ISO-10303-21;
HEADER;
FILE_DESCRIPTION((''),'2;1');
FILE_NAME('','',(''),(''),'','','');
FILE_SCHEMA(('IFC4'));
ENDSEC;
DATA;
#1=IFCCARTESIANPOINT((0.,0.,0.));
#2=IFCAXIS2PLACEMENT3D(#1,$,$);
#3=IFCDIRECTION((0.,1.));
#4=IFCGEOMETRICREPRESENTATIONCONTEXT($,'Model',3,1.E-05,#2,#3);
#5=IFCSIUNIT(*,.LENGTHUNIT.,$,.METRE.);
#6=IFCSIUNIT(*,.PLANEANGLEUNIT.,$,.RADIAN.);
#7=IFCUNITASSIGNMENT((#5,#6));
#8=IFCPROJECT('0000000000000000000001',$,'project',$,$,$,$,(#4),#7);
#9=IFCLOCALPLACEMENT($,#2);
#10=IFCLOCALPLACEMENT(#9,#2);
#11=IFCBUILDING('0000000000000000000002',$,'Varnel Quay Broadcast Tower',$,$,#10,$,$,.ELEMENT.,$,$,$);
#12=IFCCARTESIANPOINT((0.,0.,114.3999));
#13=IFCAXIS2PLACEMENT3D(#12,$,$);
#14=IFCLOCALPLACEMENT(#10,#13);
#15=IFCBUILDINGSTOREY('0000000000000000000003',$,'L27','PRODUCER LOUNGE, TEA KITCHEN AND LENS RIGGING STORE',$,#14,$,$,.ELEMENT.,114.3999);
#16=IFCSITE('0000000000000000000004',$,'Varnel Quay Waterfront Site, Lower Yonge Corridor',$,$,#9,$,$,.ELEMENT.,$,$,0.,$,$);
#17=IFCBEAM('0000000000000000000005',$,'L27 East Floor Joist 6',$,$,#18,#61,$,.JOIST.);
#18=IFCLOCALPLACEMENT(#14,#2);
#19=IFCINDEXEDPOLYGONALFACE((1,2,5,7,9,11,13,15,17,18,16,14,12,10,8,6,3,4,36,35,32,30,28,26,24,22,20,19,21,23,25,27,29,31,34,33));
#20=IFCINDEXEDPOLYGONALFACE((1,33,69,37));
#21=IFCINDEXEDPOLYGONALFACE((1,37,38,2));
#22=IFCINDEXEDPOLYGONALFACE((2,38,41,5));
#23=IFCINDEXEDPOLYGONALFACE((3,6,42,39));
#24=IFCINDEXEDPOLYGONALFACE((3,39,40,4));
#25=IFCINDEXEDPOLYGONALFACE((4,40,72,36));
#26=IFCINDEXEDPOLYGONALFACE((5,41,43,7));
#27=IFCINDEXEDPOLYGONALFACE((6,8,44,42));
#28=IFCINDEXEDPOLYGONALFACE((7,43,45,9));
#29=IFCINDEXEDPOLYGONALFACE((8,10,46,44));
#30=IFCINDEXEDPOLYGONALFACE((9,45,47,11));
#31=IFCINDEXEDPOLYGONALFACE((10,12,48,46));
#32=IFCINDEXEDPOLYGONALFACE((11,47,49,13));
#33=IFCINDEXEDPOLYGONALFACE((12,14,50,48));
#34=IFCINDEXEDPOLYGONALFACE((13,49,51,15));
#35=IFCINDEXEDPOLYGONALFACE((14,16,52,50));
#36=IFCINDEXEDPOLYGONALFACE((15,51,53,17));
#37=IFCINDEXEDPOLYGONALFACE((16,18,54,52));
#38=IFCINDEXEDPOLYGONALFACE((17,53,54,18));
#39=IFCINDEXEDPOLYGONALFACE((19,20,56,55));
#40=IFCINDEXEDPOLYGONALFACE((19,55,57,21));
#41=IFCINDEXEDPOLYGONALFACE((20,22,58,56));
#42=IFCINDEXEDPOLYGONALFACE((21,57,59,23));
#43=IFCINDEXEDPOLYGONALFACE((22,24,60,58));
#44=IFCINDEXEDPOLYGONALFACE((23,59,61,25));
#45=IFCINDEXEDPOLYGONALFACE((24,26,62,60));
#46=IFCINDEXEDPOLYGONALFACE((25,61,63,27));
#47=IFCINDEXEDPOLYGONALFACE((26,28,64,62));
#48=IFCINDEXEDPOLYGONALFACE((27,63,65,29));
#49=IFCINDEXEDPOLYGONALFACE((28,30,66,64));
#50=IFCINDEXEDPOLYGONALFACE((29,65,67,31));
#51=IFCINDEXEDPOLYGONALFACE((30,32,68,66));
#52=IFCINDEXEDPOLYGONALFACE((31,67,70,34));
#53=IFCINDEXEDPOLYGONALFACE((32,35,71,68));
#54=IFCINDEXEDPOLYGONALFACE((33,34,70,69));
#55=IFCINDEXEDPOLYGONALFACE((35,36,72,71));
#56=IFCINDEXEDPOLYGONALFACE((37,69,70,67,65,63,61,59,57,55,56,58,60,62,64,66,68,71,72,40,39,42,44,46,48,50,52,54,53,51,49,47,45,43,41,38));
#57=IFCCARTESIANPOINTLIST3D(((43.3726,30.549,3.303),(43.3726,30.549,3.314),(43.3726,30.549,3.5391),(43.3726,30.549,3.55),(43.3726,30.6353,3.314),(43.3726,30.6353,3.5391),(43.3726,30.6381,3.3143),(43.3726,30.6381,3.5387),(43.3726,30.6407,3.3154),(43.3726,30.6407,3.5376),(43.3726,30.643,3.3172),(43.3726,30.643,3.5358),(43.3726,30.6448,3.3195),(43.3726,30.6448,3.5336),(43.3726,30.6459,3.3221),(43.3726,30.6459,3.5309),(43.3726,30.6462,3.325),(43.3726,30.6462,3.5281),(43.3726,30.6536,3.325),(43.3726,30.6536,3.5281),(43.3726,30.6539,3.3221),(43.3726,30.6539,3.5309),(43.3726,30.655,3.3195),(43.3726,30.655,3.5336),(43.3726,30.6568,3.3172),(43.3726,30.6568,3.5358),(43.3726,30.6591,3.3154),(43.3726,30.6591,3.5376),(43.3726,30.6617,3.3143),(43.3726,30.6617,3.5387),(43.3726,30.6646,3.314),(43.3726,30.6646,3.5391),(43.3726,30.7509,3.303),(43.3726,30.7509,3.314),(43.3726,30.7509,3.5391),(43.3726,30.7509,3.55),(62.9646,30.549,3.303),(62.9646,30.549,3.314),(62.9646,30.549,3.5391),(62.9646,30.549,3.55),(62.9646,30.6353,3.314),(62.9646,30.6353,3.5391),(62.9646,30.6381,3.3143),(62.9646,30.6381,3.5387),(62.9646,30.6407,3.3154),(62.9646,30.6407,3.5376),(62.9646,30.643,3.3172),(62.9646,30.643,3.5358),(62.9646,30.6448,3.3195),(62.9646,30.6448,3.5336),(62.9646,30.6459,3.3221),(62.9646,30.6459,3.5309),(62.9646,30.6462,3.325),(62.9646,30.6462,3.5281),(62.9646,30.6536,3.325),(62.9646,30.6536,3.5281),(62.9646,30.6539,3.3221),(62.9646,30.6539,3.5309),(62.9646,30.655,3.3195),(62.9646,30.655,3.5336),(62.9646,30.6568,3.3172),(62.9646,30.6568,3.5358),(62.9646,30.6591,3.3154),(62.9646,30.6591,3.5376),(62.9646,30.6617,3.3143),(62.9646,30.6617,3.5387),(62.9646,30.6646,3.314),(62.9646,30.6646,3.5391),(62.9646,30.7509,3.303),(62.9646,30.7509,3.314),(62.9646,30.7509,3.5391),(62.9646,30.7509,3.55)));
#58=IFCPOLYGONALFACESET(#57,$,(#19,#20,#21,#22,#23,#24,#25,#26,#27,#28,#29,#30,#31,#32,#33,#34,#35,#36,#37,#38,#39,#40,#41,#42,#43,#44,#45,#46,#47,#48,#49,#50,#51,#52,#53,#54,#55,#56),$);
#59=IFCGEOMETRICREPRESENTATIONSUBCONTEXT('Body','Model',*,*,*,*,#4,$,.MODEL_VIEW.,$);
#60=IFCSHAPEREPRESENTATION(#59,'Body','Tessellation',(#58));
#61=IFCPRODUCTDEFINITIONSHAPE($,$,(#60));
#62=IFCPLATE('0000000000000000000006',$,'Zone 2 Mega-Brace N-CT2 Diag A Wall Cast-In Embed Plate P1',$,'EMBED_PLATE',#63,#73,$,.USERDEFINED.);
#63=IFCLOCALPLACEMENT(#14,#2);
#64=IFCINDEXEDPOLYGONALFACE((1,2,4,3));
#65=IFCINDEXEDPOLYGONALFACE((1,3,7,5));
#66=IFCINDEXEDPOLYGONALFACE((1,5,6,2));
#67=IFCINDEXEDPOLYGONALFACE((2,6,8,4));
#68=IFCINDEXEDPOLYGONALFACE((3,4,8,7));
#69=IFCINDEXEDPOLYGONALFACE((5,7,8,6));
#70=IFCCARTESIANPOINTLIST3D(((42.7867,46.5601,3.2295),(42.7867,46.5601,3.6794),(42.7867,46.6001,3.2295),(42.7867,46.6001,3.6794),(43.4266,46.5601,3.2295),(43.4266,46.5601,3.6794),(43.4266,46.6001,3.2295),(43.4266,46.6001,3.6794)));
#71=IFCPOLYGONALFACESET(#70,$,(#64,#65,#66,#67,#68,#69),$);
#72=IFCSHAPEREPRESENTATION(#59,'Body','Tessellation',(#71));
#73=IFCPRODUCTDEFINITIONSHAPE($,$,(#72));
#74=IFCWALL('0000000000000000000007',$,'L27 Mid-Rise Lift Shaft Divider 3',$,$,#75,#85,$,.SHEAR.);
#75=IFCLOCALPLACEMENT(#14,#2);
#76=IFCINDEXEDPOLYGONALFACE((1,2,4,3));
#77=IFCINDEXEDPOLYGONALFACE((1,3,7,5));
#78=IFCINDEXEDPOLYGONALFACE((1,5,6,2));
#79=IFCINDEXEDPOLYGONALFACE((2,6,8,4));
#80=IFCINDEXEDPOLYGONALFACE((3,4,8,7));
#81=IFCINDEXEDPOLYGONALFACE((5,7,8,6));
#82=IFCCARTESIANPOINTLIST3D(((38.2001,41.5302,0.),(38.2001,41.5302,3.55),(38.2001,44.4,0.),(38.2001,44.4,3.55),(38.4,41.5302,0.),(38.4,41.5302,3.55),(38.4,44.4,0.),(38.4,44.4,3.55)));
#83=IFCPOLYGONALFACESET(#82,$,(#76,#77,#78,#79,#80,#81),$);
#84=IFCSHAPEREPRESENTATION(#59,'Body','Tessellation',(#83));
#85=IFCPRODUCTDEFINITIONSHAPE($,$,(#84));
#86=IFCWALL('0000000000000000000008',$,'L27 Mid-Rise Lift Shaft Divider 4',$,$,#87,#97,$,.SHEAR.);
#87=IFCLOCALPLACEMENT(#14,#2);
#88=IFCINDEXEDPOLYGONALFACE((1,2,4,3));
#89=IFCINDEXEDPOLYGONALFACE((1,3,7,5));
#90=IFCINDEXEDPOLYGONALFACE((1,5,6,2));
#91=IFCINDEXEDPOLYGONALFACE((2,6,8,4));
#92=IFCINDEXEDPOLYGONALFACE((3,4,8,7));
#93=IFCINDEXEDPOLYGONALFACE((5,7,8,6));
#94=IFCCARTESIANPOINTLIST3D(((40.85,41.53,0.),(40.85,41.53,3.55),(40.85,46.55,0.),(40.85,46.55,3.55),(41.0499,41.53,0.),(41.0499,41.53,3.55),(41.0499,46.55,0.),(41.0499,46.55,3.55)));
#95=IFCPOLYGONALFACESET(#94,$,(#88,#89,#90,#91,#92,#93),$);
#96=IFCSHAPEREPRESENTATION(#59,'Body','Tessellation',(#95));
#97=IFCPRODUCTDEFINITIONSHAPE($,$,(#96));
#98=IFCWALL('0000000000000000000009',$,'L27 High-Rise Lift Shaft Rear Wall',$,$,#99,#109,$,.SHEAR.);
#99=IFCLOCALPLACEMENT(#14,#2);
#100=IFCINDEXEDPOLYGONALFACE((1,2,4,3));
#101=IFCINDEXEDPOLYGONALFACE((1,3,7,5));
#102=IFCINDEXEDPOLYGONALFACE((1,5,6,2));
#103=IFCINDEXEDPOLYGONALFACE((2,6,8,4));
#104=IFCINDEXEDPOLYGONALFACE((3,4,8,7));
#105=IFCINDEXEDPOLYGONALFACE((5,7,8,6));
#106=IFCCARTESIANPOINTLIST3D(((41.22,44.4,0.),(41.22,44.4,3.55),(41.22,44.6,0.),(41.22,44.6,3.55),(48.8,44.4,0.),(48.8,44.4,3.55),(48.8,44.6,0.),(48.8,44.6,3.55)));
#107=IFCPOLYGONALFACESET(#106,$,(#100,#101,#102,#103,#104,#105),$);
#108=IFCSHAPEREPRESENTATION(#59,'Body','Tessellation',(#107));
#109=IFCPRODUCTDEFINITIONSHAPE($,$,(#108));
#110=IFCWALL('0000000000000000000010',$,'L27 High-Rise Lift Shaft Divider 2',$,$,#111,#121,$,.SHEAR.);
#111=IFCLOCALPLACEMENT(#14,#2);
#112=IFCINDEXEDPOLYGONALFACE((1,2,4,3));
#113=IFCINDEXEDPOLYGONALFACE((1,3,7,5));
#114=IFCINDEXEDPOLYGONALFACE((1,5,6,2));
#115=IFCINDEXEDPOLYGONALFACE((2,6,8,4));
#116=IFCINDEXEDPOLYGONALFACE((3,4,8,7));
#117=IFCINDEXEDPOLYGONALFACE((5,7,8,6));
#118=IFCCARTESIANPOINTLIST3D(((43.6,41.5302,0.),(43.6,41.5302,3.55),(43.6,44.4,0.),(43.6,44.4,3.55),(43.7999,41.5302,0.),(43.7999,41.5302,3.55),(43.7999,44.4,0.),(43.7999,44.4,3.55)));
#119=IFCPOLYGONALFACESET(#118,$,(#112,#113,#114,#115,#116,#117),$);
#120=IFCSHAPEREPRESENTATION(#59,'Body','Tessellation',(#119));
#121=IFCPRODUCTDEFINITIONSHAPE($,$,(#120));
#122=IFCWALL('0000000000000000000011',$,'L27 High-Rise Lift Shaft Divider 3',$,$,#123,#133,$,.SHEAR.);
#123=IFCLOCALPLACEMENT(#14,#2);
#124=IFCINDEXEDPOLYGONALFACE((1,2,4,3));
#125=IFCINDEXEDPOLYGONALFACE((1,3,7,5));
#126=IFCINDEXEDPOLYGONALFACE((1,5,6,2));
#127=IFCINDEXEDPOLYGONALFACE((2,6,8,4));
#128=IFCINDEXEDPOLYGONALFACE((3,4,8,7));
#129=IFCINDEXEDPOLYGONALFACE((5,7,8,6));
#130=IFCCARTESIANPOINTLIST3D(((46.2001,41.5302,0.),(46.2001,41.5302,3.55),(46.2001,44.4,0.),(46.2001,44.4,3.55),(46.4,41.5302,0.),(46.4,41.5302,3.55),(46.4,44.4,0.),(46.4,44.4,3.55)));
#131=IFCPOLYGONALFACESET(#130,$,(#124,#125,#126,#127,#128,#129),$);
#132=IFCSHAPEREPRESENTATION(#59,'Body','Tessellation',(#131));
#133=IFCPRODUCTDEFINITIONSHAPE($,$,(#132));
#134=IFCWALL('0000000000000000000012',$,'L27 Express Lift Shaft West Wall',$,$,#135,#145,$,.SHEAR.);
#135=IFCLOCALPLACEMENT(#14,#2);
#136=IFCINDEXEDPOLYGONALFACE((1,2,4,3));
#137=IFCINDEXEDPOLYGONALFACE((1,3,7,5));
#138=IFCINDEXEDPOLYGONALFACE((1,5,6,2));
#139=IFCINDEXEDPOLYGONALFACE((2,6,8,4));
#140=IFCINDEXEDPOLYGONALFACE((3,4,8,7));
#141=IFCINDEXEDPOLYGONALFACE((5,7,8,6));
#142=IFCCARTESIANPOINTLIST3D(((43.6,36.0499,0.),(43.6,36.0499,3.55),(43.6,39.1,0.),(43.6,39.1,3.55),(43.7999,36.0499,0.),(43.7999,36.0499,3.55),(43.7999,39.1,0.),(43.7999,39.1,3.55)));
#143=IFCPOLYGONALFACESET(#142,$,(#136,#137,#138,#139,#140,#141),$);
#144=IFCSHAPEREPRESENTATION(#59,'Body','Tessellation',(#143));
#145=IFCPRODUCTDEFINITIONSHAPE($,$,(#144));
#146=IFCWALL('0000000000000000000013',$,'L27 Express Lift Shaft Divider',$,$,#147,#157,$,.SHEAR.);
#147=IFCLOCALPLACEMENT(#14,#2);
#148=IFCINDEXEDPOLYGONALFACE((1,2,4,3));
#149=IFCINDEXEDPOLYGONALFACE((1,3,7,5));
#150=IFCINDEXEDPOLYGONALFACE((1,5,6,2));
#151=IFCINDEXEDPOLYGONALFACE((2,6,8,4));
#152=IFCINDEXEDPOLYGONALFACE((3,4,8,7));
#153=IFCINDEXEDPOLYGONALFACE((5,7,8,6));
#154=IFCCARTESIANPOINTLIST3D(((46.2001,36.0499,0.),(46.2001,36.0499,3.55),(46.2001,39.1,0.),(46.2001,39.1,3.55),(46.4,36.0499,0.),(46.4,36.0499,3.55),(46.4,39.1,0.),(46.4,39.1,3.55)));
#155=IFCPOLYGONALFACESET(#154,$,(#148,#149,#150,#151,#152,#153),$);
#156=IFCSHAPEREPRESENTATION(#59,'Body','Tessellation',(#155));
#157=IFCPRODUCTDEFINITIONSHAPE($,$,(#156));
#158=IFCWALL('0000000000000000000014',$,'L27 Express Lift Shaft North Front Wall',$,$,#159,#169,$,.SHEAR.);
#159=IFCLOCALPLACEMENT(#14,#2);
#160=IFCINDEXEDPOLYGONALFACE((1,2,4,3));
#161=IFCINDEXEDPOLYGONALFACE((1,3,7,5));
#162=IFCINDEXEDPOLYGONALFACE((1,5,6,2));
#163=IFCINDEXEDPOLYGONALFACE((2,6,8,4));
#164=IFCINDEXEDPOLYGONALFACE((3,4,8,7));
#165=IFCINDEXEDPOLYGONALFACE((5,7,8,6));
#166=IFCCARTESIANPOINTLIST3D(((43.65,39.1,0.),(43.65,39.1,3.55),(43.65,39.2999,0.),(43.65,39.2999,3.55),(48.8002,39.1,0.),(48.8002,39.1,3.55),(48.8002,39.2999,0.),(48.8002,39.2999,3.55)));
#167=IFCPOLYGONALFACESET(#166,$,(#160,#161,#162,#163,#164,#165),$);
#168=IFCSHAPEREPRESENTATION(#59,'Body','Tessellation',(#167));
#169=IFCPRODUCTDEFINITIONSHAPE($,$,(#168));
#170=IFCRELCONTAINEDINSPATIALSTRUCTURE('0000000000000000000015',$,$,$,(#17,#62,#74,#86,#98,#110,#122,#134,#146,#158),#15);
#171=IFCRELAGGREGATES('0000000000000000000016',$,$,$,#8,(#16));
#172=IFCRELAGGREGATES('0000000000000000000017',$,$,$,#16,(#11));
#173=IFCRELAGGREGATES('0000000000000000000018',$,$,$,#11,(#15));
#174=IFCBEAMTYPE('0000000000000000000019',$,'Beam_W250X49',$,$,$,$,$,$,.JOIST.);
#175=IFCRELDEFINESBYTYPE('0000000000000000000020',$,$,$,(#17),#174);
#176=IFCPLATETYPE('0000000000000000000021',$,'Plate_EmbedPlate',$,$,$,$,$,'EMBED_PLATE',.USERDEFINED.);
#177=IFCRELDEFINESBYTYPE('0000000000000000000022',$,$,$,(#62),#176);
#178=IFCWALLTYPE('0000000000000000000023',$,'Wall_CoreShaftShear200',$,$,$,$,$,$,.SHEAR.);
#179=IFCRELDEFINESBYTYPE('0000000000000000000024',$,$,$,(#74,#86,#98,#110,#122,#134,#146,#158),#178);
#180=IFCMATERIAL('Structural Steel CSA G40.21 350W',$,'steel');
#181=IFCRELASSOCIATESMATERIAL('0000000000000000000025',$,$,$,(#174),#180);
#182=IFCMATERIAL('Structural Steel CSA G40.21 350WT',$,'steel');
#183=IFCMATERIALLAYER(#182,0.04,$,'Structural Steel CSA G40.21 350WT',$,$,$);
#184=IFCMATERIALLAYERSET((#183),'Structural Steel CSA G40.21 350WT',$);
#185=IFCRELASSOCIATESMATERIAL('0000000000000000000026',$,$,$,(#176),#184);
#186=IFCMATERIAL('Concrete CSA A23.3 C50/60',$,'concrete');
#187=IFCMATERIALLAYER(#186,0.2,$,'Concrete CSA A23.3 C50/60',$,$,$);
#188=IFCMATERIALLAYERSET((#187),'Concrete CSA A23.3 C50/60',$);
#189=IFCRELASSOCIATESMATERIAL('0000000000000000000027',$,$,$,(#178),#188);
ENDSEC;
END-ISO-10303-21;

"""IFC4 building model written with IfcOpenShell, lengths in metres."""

from ifc_helpers import new_model, si_unit, direction, frame, frame_2d, origin, origin_2d, place, context, subcontext, project, spatial, rectangle, i_section, extrude, source, transform, mapped, material, layer, layer_set, material_profile, profile_set, type_object, type_shapes, element, save


model = new_model("IFC4")

# Units and contexts
model_context = context("Model", 3, precision=1e-05, world=origin(), true_north=direction((0.0, 1.0)))
body_context = subcontext(model_context, "Body", "Model", "MODEL_VIEW")
ifc_project = project(units=[si_unit("LENGTHUNIT", "METRE"), si_unit("PLANEANGLEUNIT", "RADIAN")], contexts=[model_context])

# Site, building, storey
site_placement = place(None, origin())
site = spatial("IfcSite", under=ifc_project, at=site_placement, Name="Varnel Quay Waterfront Site, Lower Yonge Corridor", CompositionType="ELEMENT", RefElevation=0.0)
building_placement = place(site_placement, origin())
building = spatial("IfcBuilding", under=site, at=building_placement, Name="Varnel Quay Broadcast Tower", CompositionType="ELEMENT")
storey_placement = place(building_placement, frame((0.0, 0.0, 114.3999)))
storey = spatial("IfcBuildingStorey", under=building, at=storey_placement, Name="L27", Description="PRODUCER LOUNGE, TEA KITCHEN AND LENS RIGGING STORE", CompositionType="ELEMENT", Elevation=114.3999)

# Shared definitions
ifc_material_1 = material(Name="Structural Steel CSA G40.21 350WT", Category="steel")

# Beam
ifc_material_2 = material(Name="Structural Steel CSA G40.21 350W", Category="steel")
ifc_material_profile_1 = material_profile(ifc_material_2, i_section(OverallWidth=0.2019, OverallDepth=0.2471, WebThickness=0.0073, FlangeThickness=0.011, FilletRadius=0.011, at=origin_2d()), Name="W250X49")
ifc_profile_set_1 = profile_set([ifc_material_profile_1], Name="Structural Steel CSA G40.21 350W")
beam_type_1 = type_object("IfcBeamType", Name="Beam_W250X49", PredefinedType="JOIST", material=ifc_profile_set_1)
shared_shape_1 = source(origin(), body_context, "Body", "SweptSolid", [
    extrude(i_section(OverallWidth=0.2019, OverallDepth=0.2471, WebThickness=0.0073, FlangeThickness=0.011, FilletRadius=0.011, at=origin_2d()), origin(), (0.0, 0.0, 1.0), 19.592),
])
type_shapes(beam_type_1, [shared_shape_1])
beam_1_placement = place(storey_placement, frame((43.3726, 30.6499, 3.4265), z_axis=(1.0, 0.0, 0.0), x_axis=(0.0, 1.0, 0.0)))
element("IfcBeam", 1, at=beam_1_placement, inside=storey, type_object=beam_type_1, Name="L27 East Floor Joist 6", PredefinedType="JOIST", context=body_context, shape_type="MappedRepresentation", body=[
    mapped(shared_shape_1, transform((0.0, 0.0, 0.0), x_axis=(1.0, 0.0, 0.0), y_axis=(0.0, 1.0, 0.0), z_axis=(0.0, 0.0, 1.0), scale=1.0)),
])

# Plate
ifc_layer_1 = layer(ifc_material_1, 0.04, Name="Structural Steel CSA G40.21 350WT")
ifc_layer_set_1 = layer_set([ifc_layer_1], Name="Structural Steel CSA G40.21 350WT")
plate_type = type_object("IfcPlateType", Name="Plate_EmbedPlate", ElementType="EMBED_PLATE", PredefinedType="USERDEFINED", material=ifc_layer_set_1)
shared_shape_2 = source(origin(), body_context, "Body", "SweptSolid", [
    extrude(rectangle(XDim=0.6399, YDim=0.04, at=origin_2d()), origin(), (0.0, 0.0, 1.0), 0.45),
])
type_shapes(plate_type, [shared_shape_2])
plate_placement = place(storey_placement, frame((43.1067, 46.5801, 3.2295), z_axis=(0.0, 0.0, 1.0), x_axis=(1.0, 0.0, 0.0)))
element("IfcPlate", 2, at=plate_placement, inside=storey, type_object=plate_type, Name="Zone 2 Mega-Brace N-CT2 Diag A Wall Cast-In Embed Plate P1", ObjectType="EMBED_PLATE", PredefinedType="USERDEFINED", context=body_context, shape_type="MappedRepresentation", body=[
    mapped(shared_shape_2, transform((0.0, 0.0, 0.0), x_axis=(1.0, 0.0, 0.0), y_axis=(0.0, 1.0, 0.0), z_axis=(0.0, 0.0, 1.0), scale=1.0)),
])

# Walls
ifc_material_3 = material(Name="Concrete CSA A23.3 C50/60", Category="concrete")
ifc_layer_2 = layer(ifc_material_3, 0.2, Name="Concrete CSA A23.3 C50/60")
ifc_layer_set_2 = layer_set([ifc_layer_2], Name="Concrete CSA A23.3 C50/60")
wall_type_1 = type_object("IfcWallType", Name="Wall_CoreShaftShear200", PredefinedType="SHEAR", material=ifc_layer_set_2)
wall_1_placement = place(storey_placement, frame((38.3, 41.53, 0.0), z_axis=(0.0, 0.0, 1.0), x_axis=(0.0, 1.0, 0.0)))
element("IfcWall", 3, at=wall_1_placement, inside=storey, type_object=wall_type_1, Name="L27 Mid-Rise Lift Shaft Divider 3", PredefinedType="SHEAR", context=body_context, shape_type="SweptSolid", body=[
    extrude(rectangle(XDim=2.8699, YDim=0.2, at=frame_2d((1.4351, 0.0))), origin(), (0.0, 0.0, 1.0), 3.55),
])
wall_2_placement = place(storey_placement, frame((40.95, 41.53, 0.0), z_axis=(0.0, 0.0, 1.0), x_axis=(0.0, 1.0, 0.0)))
element("IfcWall", 4, at=wall_2_placement, inside=storey, type_object=wall_type_1, Name="L27 Mid-Rise Lift Shaft Divider 4", PredefinedType="SHEAR", context=body_context, shape_type="SweptSolid", body=[
    extrude(rectangle(XDim=5.02, YDim=0.2, at=frame_2d((2.51, 0.0))), origin(), (0.0, 0.0, 1.0), 3.55),
])
wall_3_placement = place(storey_placement, frame((41.22, 44.5, 0.0), z_axis=(0.0, 0.0, 1.0), x_axis=(1.0, 0.0, 0.0)))
element("IfcWall", 5, at=wall_3_placement, inside=storey, type_object=wall_type_1, Name="L27 High-Rise Lift Shaft Rear Wall", PredefinedType="SHEAR", context=body_context, shape_type="SweptSolid", body=[
    extrude(rectangle(XDim=7.5801, YDim=0.2, at=frame_2d((3.79, 0.0))), origin(), (0.0, 0.0, 1.0), 3.55),
])
for number, where, z_axis, x_axis, name in (
    (6, (43.7, 41.53, 0.0), (0.0, 0.0, 1.0), (0.0, 1.0, 0.0), "L27 High-Rise Lift Shaft Divider 2"),
    (7, (46.3, 41.53, 0.0), (0.0, 0.0, 1.0), (0.0, 1.0, 0.0), "L27 High-Rise Lift Shaft Divider 3"),
):
    element("IfcWall", number, at=place(storey_placement, frame(where, z_axis=z_axis, x_axis=x_axis)), inside=storey, type_object=wall_type_1, Name=name, PredefinedType="SHEAR", context=body_context, shape_type="SweptSolid", body=[
        extrude(rectangle(XDim=2.8699, YDim=0.2, at=frame_2d((1.4351, 0.0))), origin(), (0.0, 0.0, 1.0), 3.55),
    ])
for number, where, z_axis, x_axis, name in (
    (8, (43.7, 36.05, 0.0), (0.0, 0.0, 1.0), (0.0, 1.0, 0.0), "L27 Express Lift Shaft West Wall"),
    (9, (46.3, 36.05, 0.0), (0.0, 0.0, 1.0), (0.0, 1.0, 0.0), "L27 Express Lift Shaft Divider"),
):
    element("IfcWall", number, at=place(storey_placement, frame(where, z_axis=z_axis, x_axis=x_axis)), inside=storey, type_object=wall_type_1, Name=name, PredefinedType="SHEAR", context=body_context, shape_type="SweptSolid", body=[
        extrude(rectangle(XDim=3.05, YDim=0.2, at=frame_2d((1.5249, 0.0))), origin(), (0.0, 0.0, 1.0), 3.55),
    ])
wall_4_placement = place(storey_placement, frame((43.6499, 39.2, 0.0), z_axis=(0.0, 0.0, 1.0), x_axis=(1.0, 0.0, 0.0)))
element("IfcWall", 10, at=wall_4_placement, inside=storey, type_object=wall_type_1, Name="L27 Express Lift Shaft North Front Wall", PredefinedType="SHEAR", context=body_context, shape_type="SweptSolid", body=[
    extrude(rectangle(XDim=5.1501, YDim=0.2, at=frame_2d((2.5752, 0.0))), origin(), (0.0, 0.0, 1.0), 3.55),
])

save(model, "model.ifc")
